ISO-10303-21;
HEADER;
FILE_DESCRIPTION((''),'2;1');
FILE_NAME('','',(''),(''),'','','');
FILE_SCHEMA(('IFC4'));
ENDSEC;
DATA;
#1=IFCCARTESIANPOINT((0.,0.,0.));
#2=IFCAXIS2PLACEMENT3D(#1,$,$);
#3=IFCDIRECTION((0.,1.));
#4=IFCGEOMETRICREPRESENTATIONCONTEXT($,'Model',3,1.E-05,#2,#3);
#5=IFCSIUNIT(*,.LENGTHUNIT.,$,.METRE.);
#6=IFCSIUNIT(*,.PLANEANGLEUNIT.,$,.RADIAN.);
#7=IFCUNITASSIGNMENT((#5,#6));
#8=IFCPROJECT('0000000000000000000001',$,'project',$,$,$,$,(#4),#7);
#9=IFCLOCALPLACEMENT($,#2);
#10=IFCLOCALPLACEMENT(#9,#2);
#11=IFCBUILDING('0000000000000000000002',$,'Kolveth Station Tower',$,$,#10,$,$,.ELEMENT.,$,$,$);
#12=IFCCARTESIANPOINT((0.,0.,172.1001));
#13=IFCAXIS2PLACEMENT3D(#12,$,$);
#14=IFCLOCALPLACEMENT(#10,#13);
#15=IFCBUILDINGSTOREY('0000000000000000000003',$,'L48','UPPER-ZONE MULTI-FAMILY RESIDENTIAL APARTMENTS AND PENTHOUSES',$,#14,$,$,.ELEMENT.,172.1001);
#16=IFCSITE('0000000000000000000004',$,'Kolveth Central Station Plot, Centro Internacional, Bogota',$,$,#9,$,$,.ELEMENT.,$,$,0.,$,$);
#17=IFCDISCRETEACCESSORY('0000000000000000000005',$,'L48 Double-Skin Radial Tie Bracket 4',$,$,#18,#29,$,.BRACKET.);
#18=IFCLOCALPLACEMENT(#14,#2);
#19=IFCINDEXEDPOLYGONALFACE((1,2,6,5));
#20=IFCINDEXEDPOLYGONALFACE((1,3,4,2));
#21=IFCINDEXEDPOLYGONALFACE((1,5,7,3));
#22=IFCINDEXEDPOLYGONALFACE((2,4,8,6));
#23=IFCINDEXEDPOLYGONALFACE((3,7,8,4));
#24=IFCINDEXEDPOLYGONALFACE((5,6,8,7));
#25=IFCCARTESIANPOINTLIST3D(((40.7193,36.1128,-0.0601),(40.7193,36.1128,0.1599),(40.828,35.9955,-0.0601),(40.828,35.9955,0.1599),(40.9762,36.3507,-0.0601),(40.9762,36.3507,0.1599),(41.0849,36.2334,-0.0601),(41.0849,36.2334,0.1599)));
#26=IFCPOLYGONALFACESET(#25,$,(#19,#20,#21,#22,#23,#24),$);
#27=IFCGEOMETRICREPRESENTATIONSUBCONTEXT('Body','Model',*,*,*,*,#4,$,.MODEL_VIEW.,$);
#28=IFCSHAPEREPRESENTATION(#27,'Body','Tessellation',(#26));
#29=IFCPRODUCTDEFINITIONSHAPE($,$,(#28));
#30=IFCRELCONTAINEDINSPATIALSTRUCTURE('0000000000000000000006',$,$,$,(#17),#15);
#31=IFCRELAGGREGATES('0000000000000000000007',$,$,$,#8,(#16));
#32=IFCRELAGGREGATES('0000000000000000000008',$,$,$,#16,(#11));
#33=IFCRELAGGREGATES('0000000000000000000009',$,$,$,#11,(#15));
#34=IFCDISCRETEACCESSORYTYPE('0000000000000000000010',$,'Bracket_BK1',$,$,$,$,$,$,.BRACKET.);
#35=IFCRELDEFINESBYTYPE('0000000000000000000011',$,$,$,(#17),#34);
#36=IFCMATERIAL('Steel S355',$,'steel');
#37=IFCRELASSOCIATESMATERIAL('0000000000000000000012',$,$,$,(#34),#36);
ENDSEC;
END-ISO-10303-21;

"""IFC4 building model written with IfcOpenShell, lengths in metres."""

from ifc_helpers import new_model, si_unit, direction, frame, origin, origin_2d, place, context, subcontext, project, spatial, rectangle, extrude, source, transform, mapped, material, type_object, element, save


model = new_model("IFC4")

# Units and contexts
model_context = context("Model", 3, precision=1e-05, world=origin(), true_north=direction((0.0, 1.0)))
body_context = subcontext(model_context, "Body", "Model", "MODEL_VIEW")
ifc_project = project(units=[si_unit("LENGTHUNIT", "METRE"), si_unit("PLANEANGLEUNIT", "RADIAN")], contexts=[model_context])

# Site, building, storey
site_placement = place(None, origin())
site = spatial("IfcSite", under=ifc_project, at=site_placement, Name="Kolveth Central Station Plot, Centro Internacional, Bogota", CompositionType="ELEMENT", RefElevation=0.0)
building_placement = place(site_placement, origin())
building = spatial("IfcBuilding", under=site, at=building_placement, Name="Kolveth Station Tower", CompositionType="ELEMENT")
storey_placement = place(building_placement, frame((0.0, 0.0, 172.1001)))
storey = spatial("IfcBuildingStorey", under=building, at=storey_placement, Name="L48", Description="UPPER-ZONE MULTI-FAMILY RESIDENTIAL APARTMENTS AND PENTHOUSES", CompositionType="ELEMENT", Elevation=172.1001)

# Discrete accessory
ifc_material_1 = material(Name="Steel S355", Category="steel")
discrete_accessory_type = type_object("IfcDiscreteAccessoryType", Name="Bracket_BK1", PredefinedType="BRACKET", material=ifc_material_1)
shared_shape_1 = source(origin(), body_context, "Body", "SweptSolid", [
    extrude(rectangle(XDim=0.3501, YDim=0.1599, at=origin_2d()), origin(), (0.0, 0.0, 1.0), 0.22),
])
discrete_accessory_placement = place(storey_placement, frame((40.9021, 36.1731, -0.0601), z_axis=(0.0, 0.0, 1.0), x_axis=(0.73373, 0.679441, 0.0)))
element("IfcDiscreteAccessory", 1, at=discrete_accessory_placement, inside=storey, type_object=discrete_accessory_type, Name="L48 Double-Skin Radial Tie Bracket 4", PredefinedType="BRACKET", context=body_context, shape_type="MappedRepresentation", body=[
    mapped(shared_shape_1, transform((0.0, 0.0, 0.0), x_axis=(1.0, 0.0, 0.0), y_axis=(0.0, 1.0, 0.0), z_axis=(0.0, 0.0, 1.0), scale=1.0)),
])

save(model, "model.ifc")
